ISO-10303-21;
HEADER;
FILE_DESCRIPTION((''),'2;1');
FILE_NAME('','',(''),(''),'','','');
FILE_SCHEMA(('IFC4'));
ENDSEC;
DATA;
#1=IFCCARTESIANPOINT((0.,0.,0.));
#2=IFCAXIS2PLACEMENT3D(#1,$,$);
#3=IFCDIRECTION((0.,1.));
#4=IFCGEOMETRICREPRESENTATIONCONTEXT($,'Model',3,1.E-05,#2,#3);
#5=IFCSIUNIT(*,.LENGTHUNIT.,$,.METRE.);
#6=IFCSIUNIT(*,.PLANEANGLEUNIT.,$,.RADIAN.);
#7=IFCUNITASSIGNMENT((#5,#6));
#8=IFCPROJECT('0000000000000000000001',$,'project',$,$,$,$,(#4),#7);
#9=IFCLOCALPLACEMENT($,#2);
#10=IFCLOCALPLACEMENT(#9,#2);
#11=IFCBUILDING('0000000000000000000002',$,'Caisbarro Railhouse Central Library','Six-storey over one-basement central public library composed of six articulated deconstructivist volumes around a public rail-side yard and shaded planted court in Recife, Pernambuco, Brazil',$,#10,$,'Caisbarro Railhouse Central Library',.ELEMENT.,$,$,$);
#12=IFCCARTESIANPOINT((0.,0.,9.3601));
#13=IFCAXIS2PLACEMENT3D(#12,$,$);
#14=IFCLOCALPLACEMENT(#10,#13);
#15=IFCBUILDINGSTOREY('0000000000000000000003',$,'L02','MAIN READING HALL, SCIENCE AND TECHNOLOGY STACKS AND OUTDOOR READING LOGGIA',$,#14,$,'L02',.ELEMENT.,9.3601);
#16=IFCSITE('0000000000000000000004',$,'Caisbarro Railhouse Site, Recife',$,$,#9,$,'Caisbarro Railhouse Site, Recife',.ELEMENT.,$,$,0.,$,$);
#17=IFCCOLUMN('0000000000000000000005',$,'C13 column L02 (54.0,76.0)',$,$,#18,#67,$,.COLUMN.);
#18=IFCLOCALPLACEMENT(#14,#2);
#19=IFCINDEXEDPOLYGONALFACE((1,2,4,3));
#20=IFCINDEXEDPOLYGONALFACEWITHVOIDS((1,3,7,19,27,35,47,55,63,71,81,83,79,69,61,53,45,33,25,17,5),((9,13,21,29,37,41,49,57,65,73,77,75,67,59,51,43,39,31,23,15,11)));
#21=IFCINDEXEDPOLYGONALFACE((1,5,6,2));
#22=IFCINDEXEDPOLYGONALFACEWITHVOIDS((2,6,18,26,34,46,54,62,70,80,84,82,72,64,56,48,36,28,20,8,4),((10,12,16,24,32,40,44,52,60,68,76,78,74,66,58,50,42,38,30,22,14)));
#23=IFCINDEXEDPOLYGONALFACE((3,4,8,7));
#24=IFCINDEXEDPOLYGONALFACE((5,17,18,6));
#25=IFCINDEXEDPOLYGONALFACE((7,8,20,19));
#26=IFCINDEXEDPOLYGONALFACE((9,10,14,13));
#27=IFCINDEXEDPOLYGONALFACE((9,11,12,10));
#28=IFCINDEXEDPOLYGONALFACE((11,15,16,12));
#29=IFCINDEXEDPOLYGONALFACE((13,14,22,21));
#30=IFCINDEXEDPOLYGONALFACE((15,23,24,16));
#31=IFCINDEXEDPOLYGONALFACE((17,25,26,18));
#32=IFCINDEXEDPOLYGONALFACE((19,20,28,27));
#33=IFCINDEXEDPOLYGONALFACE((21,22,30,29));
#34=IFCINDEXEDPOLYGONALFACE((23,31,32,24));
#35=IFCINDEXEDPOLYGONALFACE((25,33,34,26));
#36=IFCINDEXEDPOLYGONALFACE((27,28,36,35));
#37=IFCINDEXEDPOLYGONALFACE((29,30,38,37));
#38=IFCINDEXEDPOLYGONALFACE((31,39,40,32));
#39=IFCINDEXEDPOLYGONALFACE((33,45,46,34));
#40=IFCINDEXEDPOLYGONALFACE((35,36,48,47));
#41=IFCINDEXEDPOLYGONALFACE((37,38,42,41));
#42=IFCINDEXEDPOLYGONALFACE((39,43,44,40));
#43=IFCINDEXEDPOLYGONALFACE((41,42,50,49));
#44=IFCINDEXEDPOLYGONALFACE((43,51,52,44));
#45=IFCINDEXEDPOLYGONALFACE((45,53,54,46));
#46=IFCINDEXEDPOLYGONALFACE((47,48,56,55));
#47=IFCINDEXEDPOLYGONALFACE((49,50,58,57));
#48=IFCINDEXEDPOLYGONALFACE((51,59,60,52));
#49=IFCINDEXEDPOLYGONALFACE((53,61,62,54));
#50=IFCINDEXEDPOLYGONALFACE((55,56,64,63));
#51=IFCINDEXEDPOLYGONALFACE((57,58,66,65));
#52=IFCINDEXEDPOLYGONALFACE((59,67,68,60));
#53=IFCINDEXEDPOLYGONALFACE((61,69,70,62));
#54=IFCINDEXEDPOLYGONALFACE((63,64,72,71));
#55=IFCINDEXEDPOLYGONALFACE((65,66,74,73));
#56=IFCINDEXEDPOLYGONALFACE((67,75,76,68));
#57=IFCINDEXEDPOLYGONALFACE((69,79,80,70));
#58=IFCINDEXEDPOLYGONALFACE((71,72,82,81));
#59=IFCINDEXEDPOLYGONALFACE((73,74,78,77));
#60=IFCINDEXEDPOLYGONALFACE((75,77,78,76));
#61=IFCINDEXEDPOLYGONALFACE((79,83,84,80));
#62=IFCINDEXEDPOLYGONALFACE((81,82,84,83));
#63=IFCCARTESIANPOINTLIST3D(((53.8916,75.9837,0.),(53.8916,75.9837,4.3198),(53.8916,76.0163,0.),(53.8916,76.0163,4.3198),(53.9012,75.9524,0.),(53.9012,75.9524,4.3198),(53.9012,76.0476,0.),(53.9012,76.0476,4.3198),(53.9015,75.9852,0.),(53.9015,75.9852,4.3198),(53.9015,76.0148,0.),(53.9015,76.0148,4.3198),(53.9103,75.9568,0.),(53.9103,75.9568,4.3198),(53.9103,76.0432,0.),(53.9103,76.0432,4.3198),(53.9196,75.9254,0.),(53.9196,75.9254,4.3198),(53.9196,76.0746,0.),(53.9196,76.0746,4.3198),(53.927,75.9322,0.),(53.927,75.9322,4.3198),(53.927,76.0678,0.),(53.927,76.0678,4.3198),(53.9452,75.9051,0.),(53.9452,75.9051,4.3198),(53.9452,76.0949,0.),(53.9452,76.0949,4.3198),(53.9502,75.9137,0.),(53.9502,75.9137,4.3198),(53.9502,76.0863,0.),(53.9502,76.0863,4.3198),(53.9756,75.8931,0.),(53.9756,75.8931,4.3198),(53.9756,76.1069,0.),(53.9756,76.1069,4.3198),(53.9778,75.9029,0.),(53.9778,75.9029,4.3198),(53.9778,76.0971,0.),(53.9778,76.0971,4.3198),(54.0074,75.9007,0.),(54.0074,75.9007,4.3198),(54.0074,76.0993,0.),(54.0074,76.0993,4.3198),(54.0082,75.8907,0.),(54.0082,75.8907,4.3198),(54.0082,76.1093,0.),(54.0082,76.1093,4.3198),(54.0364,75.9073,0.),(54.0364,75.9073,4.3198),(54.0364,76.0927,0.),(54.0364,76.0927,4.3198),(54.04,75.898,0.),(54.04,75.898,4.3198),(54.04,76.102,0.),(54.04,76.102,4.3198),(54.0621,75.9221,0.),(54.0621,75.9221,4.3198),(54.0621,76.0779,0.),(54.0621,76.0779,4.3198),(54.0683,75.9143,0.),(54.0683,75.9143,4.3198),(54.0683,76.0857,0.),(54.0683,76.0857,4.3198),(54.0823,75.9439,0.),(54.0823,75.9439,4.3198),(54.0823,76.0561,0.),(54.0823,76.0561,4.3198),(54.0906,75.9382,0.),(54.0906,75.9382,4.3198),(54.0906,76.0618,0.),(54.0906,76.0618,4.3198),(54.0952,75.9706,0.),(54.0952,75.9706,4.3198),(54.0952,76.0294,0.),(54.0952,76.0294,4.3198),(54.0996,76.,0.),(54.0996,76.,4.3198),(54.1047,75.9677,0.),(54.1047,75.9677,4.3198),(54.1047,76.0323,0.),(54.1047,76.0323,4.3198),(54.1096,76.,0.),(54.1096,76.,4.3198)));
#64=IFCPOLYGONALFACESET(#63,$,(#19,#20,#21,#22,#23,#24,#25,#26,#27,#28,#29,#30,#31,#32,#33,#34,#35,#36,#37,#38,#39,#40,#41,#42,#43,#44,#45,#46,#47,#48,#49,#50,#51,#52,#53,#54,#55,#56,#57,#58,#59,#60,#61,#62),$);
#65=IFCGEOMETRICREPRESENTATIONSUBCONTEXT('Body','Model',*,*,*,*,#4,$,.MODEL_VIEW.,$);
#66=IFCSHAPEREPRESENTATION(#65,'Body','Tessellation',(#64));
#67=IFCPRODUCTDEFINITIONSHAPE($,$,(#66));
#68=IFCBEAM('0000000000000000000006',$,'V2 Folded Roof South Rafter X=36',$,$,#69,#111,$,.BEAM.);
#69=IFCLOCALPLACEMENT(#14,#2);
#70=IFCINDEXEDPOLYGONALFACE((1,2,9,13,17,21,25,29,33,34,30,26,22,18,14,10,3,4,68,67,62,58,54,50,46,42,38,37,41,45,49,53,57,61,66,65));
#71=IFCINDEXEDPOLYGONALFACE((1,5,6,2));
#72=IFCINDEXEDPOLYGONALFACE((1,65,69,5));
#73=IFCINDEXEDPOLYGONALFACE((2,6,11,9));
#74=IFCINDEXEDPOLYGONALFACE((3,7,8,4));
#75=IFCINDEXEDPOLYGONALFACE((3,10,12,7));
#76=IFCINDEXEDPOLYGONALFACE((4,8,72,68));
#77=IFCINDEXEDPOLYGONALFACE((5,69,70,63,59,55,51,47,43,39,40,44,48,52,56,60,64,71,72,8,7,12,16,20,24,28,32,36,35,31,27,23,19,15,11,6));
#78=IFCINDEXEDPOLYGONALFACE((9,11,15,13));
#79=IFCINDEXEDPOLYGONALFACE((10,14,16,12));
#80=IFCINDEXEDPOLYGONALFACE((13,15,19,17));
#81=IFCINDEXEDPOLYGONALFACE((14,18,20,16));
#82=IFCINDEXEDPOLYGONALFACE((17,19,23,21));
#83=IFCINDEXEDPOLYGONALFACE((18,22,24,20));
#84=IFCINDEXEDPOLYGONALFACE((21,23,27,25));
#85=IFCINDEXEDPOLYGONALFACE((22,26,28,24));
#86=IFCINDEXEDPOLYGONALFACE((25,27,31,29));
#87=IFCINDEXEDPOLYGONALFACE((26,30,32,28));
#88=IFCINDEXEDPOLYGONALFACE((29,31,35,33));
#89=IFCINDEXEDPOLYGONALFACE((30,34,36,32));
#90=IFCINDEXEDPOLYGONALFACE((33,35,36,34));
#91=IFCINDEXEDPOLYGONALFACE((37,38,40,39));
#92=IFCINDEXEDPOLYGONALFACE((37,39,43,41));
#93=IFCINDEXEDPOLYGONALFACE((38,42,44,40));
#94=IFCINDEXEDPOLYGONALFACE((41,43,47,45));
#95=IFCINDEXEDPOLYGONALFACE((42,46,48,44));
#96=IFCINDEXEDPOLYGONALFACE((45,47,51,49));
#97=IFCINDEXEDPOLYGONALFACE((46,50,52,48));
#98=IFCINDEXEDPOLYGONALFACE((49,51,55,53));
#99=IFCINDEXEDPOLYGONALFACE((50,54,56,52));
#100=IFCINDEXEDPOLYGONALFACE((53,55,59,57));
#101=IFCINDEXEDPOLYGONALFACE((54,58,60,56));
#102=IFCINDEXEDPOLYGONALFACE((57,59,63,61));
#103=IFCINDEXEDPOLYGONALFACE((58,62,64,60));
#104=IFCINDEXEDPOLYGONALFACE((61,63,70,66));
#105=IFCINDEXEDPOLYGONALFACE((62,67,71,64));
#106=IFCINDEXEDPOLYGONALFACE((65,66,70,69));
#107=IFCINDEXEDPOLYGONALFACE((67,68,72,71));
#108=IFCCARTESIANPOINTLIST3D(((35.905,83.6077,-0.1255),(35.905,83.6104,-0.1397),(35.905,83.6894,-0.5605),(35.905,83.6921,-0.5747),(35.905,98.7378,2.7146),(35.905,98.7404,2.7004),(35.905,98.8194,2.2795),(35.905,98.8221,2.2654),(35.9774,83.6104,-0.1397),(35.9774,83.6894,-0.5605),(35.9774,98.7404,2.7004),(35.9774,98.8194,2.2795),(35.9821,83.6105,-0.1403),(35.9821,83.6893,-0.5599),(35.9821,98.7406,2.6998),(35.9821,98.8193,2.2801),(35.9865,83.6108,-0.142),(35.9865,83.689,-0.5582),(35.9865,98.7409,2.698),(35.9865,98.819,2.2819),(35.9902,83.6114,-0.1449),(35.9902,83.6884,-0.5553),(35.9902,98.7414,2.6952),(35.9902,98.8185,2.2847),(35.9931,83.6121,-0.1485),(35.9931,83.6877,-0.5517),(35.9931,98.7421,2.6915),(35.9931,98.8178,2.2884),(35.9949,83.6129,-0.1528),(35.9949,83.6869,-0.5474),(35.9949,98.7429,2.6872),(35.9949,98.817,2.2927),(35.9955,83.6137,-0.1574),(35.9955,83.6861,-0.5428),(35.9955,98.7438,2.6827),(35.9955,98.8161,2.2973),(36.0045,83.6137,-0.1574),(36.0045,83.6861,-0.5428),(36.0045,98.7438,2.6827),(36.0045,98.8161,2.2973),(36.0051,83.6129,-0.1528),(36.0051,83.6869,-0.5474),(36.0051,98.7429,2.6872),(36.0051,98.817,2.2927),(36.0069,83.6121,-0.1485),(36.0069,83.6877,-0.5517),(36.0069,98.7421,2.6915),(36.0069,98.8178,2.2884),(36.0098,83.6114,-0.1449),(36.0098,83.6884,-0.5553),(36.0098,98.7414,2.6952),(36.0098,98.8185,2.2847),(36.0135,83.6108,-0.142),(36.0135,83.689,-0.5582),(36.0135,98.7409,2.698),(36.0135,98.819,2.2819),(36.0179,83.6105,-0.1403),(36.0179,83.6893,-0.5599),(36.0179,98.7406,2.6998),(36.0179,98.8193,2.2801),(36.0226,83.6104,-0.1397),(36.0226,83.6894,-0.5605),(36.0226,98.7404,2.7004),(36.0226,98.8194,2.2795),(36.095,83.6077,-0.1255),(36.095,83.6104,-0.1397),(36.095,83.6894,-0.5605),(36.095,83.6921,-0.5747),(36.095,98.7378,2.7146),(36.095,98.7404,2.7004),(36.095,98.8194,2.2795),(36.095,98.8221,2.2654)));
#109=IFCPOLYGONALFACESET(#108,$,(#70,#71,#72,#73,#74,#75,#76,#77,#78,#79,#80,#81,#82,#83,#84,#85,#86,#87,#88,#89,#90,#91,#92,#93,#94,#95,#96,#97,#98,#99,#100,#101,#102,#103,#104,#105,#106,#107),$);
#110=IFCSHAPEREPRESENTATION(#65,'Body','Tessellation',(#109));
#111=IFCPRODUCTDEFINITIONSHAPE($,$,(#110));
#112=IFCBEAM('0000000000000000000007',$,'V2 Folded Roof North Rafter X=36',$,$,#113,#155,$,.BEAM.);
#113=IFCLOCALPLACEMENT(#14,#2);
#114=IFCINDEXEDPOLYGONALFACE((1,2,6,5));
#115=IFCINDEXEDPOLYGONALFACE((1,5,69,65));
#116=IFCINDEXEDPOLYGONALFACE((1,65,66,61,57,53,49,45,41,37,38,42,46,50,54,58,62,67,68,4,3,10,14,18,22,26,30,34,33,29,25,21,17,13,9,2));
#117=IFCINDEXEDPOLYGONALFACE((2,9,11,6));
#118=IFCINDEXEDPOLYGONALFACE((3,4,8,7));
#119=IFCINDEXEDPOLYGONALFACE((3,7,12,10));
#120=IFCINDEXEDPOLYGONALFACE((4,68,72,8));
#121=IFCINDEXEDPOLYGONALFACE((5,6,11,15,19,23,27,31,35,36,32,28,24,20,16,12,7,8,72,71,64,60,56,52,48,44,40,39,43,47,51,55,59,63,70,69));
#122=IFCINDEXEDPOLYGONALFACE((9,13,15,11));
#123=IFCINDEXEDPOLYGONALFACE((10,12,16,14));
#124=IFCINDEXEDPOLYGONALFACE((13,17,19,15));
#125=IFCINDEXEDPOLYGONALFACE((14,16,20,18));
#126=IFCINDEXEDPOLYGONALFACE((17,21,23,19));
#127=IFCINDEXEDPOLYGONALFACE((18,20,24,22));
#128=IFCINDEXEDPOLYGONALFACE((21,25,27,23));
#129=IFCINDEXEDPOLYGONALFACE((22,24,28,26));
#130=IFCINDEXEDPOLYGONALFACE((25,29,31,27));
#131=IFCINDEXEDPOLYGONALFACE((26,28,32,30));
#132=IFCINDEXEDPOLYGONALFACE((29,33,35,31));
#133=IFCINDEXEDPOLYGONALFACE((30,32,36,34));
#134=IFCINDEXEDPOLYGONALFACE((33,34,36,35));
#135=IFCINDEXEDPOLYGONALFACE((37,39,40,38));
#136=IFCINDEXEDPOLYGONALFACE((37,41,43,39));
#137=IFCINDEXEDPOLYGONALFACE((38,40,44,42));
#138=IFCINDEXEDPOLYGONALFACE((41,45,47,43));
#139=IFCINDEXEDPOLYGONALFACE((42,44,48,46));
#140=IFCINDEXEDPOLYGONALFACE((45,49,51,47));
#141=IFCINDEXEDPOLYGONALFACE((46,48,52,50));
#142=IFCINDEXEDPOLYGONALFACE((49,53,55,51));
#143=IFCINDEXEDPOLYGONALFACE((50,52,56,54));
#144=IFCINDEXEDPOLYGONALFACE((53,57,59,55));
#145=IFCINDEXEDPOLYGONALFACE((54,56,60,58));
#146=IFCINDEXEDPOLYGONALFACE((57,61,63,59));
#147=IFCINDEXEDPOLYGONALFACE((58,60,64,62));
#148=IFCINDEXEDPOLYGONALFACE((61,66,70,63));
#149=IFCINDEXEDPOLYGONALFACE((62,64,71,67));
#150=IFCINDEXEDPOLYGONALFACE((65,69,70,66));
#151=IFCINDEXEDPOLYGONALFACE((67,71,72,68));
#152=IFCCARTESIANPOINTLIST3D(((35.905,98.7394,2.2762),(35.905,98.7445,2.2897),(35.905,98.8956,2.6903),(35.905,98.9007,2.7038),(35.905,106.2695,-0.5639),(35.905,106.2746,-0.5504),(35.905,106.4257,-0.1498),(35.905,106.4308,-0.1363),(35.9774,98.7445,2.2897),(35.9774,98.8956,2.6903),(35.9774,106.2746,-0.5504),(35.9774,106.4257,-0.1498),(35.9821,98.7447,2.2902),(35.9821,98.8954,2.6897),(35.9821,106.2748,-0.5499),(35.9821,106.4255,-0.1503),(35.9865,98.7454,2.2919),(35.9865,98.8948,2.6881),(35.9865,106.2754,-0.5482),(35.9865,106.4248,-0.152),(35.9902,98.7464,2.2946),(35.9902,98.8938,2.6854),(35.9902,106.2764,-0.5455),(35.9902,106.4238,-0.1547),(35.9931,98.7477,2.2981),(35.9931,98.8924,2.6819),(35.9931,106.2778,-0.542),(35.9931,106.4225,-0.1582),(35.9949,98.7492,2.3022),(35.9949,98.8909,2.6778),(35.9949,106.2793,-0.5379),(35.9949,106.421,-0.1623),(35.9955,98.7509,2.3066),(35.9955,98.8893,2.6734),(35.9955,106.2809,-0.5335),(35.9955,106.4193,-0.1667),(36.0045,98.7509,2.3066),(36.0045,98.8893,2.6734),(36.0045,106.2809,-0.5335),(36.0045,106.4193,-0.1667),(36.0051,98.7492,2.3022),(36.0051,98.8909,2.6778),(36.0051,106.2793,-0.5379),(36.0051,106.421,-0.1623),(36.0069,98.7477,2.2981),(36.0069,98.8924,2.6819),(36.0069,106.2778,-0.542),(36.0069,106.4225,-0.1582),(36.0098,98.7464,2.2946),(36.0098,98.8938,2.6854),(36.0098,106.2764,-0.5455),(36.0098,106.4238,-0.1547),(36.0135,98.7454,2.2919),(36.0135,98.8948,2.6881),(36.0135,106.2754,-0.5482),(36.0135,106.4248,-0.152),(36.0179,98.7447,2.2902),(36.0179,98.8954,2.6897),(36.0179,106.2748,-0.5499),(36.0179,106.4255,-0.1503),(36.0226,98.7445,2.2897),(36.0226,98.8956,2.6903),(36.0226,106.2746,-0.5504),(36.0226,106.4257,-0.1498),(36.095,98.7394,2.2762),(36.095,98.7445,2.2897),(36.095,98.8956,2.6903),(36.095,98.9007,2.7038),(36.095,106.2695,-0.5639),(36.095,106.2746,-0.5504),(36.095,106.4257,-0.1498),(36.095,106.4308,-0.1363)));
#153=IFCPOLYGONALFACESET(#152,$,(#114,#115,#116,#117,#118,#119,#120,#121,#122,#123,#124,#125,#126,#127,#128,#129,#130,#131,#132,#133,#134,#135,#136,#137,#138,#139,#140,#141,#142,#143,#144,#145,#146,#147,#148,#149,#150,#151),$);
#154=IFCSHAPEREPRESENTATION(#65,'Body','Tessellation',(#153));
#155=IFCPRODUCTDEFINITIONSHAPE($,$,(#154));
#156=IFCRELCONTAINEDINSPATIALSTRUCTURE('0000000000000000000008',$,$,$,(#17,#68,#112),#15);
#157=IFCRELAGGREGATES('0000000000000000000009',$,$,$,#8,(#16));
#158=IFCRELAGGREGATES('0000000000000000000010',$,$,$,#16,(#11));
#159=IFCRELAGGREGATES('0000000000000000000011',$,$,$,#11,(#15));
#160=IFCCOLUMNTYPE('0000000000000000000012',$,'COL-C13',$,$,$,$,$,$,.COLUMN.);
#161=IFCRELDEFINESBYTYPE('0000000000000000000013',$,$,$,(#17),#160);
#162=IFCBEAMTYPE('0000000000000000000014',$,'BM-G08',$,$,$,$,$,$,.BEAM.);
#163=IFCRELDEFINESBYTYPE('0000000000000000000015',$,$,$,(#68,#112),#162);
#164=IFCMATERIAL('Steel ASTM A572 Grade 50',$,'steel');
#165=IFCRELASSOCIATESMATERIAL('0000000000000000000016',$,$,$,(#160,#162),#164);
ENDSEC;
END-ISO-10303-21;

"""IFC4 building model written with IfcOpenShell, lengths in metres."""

from ifc_helpers import new_model, si_unit, direction, frame, origin, origin_2d, place, context, subcontext, project, spatial, hollow_circle, i_section, extrude, material, material_profile, profile_set, type_object, element, save


model = new_model("IFC4")

# Units and contexts
model_context = context("Model", 3, precision=1e-05, world=origin(), true_north=direction((0.0, 1.0)))
body_context = subcontext(model_context, "Body", "Model", "MODEL_VIEW")
ifc_project = project(units=[si_unit("LENGTHUNIT", "METRE"), si_unit("PLANEANGLEUNIT", "RADIAN")], contexts=[model_context])

# Site, building, storey
site_placement = place(None, origin())
site = spatial("IfcSite", under=ifc_project, at=site_placement, Name="Caisbarro Railhouse Site, Recife", LongName="Caisbarro Railhouse Site, Recife", CompositionType="ELEMENT", RefElevation=0.0)
building_placement = place(site_placement, origin())
building = spatial("IfcBuilding", under=site, at=building_placement, Name="Caisbarro Railhouse Central Library", Description="Six-storey over one-basement central public library composed of six articulated deconstructivist volumes around a public rail-side yard and shaded planted court in Recife, Pernambuco, Brazil", LongName="Caisbarro Railhouse Central Library", CompositionType="ELEMENT")
storey_placement = place(building_placement, frame((0.0, 0.0, 9.3601)))
storey = spatial("IfcBuildingStorey", under=building, at=storey_placement, Name="L02", Description="MAIN READING HALL, SCIENCE AND TECHNOLOGY STACKS AND OUTDOOR READING LOGGIA", LongName="L02", CompositionType="ELEMENT", Elevation=9.3601)

# Column
ifc_material_1 = material(Name="Steel ASTM A572 Grade 50", Category="steel")
ifc_material_profile_1 = material_profile(ifc_material_1, hollow_circle(Radius=0.1096, WallThickness=0.01, at=origin_2d()), Name="CHS219.1X10")
ifc_profile_set_1 = profile_set([ifc_material_profile_1], Name="Steel ASTM A572 Grade 50")
column_type = type_object("IfcColumnType", Name="COL-C13", PredefinedType="COLUMN", material=ifc_profile_set_1)
column_placement = place(storey_placement, frame((54.0, 76.0, 0.0), z_axis=(0.0, 0.0, 1.0), x_axis=(1.0, 0.0, 0.0)))
element("IfcColumn", 1, at=column_placement, inside=storey, type_object=column_type, Name="C13 column L02 (54.0,76.0)", PredefinedType="COLUMN", context=body_context, shape_type="SweptSolid", body=[
    extrude(hollow_circle(Radius=0.1096, WallThickness=0.01, at=origin_2d()), origin(), (0.0, 0.0, 1.0), 4.3198),
])

# Beams
ifc_material_profile_2 = material_profile(ifc_material_1, i_section(OverallWidth=0.1899, OverallDepth=0.457, WebThickness=0.009, FlangeThickness=0.0144, FilletRadius=0.0181, at=origin_2d()), Name="W460X74.0")
ifc_profile_set_2 = profile_set([ifc_material_profile_2], Name="Steel ASTM A572 Grade 50")
beam_type_1 = type_object("IfcBeamType", Name="BM-G08", PredefinedType="BEAM", material=ifc_profile_set_2)
beam_1_placement = place(storey_placement, frame((36.0, 83.6499, -0.3501), z_axis=(0.0, 0.982835, 0.184489), x_axis=(-1.0, 0.0, 0.0)))
element("IfcBeam", 2, at=beam_1_placement, inside=storey, type_object=beam_type_1, Name="V2 Folded Roof South Rafter X=36", PredefinedType="BEAM", context=body_context, shape_type="SweptSolid", body=[
    extrude(i_section(OverallWidth=0.1899, OverallDepth=0.457, WebThickness=0.009, FlangeThickness=0.0144, FilletRadius=0.0181, at=origin_2d()), origin(), (0.0, 0.0, 1.0), 15.3943),
])
beam_2_placement = place(storey_placement, frame((36.0, 98.8201, 2.49), z_axis=(0.0, 0.935661, -0.352901), x_axis=(-1.0, 0.0, 0.0)))
element("IfcBeam", 3, at=beam_2_placement, inside=storey, type_object=beam_type_1, Name="V2 Folded Roof North Rafter X=36", PredefinedType="BEAM", context=body_context, shape_type="SweptSolid", body=[
    extrude(i_section(OverallWidth=0.1899, OverallDepth=0.457, WebThickness=0.009, FlangeThickness=0.0144, FilletRadius=0.0181, at=origin_2d()), origin(), (0.0, 0.0, 1.0), 8.0479),
])

save(model, "model.ifc")
